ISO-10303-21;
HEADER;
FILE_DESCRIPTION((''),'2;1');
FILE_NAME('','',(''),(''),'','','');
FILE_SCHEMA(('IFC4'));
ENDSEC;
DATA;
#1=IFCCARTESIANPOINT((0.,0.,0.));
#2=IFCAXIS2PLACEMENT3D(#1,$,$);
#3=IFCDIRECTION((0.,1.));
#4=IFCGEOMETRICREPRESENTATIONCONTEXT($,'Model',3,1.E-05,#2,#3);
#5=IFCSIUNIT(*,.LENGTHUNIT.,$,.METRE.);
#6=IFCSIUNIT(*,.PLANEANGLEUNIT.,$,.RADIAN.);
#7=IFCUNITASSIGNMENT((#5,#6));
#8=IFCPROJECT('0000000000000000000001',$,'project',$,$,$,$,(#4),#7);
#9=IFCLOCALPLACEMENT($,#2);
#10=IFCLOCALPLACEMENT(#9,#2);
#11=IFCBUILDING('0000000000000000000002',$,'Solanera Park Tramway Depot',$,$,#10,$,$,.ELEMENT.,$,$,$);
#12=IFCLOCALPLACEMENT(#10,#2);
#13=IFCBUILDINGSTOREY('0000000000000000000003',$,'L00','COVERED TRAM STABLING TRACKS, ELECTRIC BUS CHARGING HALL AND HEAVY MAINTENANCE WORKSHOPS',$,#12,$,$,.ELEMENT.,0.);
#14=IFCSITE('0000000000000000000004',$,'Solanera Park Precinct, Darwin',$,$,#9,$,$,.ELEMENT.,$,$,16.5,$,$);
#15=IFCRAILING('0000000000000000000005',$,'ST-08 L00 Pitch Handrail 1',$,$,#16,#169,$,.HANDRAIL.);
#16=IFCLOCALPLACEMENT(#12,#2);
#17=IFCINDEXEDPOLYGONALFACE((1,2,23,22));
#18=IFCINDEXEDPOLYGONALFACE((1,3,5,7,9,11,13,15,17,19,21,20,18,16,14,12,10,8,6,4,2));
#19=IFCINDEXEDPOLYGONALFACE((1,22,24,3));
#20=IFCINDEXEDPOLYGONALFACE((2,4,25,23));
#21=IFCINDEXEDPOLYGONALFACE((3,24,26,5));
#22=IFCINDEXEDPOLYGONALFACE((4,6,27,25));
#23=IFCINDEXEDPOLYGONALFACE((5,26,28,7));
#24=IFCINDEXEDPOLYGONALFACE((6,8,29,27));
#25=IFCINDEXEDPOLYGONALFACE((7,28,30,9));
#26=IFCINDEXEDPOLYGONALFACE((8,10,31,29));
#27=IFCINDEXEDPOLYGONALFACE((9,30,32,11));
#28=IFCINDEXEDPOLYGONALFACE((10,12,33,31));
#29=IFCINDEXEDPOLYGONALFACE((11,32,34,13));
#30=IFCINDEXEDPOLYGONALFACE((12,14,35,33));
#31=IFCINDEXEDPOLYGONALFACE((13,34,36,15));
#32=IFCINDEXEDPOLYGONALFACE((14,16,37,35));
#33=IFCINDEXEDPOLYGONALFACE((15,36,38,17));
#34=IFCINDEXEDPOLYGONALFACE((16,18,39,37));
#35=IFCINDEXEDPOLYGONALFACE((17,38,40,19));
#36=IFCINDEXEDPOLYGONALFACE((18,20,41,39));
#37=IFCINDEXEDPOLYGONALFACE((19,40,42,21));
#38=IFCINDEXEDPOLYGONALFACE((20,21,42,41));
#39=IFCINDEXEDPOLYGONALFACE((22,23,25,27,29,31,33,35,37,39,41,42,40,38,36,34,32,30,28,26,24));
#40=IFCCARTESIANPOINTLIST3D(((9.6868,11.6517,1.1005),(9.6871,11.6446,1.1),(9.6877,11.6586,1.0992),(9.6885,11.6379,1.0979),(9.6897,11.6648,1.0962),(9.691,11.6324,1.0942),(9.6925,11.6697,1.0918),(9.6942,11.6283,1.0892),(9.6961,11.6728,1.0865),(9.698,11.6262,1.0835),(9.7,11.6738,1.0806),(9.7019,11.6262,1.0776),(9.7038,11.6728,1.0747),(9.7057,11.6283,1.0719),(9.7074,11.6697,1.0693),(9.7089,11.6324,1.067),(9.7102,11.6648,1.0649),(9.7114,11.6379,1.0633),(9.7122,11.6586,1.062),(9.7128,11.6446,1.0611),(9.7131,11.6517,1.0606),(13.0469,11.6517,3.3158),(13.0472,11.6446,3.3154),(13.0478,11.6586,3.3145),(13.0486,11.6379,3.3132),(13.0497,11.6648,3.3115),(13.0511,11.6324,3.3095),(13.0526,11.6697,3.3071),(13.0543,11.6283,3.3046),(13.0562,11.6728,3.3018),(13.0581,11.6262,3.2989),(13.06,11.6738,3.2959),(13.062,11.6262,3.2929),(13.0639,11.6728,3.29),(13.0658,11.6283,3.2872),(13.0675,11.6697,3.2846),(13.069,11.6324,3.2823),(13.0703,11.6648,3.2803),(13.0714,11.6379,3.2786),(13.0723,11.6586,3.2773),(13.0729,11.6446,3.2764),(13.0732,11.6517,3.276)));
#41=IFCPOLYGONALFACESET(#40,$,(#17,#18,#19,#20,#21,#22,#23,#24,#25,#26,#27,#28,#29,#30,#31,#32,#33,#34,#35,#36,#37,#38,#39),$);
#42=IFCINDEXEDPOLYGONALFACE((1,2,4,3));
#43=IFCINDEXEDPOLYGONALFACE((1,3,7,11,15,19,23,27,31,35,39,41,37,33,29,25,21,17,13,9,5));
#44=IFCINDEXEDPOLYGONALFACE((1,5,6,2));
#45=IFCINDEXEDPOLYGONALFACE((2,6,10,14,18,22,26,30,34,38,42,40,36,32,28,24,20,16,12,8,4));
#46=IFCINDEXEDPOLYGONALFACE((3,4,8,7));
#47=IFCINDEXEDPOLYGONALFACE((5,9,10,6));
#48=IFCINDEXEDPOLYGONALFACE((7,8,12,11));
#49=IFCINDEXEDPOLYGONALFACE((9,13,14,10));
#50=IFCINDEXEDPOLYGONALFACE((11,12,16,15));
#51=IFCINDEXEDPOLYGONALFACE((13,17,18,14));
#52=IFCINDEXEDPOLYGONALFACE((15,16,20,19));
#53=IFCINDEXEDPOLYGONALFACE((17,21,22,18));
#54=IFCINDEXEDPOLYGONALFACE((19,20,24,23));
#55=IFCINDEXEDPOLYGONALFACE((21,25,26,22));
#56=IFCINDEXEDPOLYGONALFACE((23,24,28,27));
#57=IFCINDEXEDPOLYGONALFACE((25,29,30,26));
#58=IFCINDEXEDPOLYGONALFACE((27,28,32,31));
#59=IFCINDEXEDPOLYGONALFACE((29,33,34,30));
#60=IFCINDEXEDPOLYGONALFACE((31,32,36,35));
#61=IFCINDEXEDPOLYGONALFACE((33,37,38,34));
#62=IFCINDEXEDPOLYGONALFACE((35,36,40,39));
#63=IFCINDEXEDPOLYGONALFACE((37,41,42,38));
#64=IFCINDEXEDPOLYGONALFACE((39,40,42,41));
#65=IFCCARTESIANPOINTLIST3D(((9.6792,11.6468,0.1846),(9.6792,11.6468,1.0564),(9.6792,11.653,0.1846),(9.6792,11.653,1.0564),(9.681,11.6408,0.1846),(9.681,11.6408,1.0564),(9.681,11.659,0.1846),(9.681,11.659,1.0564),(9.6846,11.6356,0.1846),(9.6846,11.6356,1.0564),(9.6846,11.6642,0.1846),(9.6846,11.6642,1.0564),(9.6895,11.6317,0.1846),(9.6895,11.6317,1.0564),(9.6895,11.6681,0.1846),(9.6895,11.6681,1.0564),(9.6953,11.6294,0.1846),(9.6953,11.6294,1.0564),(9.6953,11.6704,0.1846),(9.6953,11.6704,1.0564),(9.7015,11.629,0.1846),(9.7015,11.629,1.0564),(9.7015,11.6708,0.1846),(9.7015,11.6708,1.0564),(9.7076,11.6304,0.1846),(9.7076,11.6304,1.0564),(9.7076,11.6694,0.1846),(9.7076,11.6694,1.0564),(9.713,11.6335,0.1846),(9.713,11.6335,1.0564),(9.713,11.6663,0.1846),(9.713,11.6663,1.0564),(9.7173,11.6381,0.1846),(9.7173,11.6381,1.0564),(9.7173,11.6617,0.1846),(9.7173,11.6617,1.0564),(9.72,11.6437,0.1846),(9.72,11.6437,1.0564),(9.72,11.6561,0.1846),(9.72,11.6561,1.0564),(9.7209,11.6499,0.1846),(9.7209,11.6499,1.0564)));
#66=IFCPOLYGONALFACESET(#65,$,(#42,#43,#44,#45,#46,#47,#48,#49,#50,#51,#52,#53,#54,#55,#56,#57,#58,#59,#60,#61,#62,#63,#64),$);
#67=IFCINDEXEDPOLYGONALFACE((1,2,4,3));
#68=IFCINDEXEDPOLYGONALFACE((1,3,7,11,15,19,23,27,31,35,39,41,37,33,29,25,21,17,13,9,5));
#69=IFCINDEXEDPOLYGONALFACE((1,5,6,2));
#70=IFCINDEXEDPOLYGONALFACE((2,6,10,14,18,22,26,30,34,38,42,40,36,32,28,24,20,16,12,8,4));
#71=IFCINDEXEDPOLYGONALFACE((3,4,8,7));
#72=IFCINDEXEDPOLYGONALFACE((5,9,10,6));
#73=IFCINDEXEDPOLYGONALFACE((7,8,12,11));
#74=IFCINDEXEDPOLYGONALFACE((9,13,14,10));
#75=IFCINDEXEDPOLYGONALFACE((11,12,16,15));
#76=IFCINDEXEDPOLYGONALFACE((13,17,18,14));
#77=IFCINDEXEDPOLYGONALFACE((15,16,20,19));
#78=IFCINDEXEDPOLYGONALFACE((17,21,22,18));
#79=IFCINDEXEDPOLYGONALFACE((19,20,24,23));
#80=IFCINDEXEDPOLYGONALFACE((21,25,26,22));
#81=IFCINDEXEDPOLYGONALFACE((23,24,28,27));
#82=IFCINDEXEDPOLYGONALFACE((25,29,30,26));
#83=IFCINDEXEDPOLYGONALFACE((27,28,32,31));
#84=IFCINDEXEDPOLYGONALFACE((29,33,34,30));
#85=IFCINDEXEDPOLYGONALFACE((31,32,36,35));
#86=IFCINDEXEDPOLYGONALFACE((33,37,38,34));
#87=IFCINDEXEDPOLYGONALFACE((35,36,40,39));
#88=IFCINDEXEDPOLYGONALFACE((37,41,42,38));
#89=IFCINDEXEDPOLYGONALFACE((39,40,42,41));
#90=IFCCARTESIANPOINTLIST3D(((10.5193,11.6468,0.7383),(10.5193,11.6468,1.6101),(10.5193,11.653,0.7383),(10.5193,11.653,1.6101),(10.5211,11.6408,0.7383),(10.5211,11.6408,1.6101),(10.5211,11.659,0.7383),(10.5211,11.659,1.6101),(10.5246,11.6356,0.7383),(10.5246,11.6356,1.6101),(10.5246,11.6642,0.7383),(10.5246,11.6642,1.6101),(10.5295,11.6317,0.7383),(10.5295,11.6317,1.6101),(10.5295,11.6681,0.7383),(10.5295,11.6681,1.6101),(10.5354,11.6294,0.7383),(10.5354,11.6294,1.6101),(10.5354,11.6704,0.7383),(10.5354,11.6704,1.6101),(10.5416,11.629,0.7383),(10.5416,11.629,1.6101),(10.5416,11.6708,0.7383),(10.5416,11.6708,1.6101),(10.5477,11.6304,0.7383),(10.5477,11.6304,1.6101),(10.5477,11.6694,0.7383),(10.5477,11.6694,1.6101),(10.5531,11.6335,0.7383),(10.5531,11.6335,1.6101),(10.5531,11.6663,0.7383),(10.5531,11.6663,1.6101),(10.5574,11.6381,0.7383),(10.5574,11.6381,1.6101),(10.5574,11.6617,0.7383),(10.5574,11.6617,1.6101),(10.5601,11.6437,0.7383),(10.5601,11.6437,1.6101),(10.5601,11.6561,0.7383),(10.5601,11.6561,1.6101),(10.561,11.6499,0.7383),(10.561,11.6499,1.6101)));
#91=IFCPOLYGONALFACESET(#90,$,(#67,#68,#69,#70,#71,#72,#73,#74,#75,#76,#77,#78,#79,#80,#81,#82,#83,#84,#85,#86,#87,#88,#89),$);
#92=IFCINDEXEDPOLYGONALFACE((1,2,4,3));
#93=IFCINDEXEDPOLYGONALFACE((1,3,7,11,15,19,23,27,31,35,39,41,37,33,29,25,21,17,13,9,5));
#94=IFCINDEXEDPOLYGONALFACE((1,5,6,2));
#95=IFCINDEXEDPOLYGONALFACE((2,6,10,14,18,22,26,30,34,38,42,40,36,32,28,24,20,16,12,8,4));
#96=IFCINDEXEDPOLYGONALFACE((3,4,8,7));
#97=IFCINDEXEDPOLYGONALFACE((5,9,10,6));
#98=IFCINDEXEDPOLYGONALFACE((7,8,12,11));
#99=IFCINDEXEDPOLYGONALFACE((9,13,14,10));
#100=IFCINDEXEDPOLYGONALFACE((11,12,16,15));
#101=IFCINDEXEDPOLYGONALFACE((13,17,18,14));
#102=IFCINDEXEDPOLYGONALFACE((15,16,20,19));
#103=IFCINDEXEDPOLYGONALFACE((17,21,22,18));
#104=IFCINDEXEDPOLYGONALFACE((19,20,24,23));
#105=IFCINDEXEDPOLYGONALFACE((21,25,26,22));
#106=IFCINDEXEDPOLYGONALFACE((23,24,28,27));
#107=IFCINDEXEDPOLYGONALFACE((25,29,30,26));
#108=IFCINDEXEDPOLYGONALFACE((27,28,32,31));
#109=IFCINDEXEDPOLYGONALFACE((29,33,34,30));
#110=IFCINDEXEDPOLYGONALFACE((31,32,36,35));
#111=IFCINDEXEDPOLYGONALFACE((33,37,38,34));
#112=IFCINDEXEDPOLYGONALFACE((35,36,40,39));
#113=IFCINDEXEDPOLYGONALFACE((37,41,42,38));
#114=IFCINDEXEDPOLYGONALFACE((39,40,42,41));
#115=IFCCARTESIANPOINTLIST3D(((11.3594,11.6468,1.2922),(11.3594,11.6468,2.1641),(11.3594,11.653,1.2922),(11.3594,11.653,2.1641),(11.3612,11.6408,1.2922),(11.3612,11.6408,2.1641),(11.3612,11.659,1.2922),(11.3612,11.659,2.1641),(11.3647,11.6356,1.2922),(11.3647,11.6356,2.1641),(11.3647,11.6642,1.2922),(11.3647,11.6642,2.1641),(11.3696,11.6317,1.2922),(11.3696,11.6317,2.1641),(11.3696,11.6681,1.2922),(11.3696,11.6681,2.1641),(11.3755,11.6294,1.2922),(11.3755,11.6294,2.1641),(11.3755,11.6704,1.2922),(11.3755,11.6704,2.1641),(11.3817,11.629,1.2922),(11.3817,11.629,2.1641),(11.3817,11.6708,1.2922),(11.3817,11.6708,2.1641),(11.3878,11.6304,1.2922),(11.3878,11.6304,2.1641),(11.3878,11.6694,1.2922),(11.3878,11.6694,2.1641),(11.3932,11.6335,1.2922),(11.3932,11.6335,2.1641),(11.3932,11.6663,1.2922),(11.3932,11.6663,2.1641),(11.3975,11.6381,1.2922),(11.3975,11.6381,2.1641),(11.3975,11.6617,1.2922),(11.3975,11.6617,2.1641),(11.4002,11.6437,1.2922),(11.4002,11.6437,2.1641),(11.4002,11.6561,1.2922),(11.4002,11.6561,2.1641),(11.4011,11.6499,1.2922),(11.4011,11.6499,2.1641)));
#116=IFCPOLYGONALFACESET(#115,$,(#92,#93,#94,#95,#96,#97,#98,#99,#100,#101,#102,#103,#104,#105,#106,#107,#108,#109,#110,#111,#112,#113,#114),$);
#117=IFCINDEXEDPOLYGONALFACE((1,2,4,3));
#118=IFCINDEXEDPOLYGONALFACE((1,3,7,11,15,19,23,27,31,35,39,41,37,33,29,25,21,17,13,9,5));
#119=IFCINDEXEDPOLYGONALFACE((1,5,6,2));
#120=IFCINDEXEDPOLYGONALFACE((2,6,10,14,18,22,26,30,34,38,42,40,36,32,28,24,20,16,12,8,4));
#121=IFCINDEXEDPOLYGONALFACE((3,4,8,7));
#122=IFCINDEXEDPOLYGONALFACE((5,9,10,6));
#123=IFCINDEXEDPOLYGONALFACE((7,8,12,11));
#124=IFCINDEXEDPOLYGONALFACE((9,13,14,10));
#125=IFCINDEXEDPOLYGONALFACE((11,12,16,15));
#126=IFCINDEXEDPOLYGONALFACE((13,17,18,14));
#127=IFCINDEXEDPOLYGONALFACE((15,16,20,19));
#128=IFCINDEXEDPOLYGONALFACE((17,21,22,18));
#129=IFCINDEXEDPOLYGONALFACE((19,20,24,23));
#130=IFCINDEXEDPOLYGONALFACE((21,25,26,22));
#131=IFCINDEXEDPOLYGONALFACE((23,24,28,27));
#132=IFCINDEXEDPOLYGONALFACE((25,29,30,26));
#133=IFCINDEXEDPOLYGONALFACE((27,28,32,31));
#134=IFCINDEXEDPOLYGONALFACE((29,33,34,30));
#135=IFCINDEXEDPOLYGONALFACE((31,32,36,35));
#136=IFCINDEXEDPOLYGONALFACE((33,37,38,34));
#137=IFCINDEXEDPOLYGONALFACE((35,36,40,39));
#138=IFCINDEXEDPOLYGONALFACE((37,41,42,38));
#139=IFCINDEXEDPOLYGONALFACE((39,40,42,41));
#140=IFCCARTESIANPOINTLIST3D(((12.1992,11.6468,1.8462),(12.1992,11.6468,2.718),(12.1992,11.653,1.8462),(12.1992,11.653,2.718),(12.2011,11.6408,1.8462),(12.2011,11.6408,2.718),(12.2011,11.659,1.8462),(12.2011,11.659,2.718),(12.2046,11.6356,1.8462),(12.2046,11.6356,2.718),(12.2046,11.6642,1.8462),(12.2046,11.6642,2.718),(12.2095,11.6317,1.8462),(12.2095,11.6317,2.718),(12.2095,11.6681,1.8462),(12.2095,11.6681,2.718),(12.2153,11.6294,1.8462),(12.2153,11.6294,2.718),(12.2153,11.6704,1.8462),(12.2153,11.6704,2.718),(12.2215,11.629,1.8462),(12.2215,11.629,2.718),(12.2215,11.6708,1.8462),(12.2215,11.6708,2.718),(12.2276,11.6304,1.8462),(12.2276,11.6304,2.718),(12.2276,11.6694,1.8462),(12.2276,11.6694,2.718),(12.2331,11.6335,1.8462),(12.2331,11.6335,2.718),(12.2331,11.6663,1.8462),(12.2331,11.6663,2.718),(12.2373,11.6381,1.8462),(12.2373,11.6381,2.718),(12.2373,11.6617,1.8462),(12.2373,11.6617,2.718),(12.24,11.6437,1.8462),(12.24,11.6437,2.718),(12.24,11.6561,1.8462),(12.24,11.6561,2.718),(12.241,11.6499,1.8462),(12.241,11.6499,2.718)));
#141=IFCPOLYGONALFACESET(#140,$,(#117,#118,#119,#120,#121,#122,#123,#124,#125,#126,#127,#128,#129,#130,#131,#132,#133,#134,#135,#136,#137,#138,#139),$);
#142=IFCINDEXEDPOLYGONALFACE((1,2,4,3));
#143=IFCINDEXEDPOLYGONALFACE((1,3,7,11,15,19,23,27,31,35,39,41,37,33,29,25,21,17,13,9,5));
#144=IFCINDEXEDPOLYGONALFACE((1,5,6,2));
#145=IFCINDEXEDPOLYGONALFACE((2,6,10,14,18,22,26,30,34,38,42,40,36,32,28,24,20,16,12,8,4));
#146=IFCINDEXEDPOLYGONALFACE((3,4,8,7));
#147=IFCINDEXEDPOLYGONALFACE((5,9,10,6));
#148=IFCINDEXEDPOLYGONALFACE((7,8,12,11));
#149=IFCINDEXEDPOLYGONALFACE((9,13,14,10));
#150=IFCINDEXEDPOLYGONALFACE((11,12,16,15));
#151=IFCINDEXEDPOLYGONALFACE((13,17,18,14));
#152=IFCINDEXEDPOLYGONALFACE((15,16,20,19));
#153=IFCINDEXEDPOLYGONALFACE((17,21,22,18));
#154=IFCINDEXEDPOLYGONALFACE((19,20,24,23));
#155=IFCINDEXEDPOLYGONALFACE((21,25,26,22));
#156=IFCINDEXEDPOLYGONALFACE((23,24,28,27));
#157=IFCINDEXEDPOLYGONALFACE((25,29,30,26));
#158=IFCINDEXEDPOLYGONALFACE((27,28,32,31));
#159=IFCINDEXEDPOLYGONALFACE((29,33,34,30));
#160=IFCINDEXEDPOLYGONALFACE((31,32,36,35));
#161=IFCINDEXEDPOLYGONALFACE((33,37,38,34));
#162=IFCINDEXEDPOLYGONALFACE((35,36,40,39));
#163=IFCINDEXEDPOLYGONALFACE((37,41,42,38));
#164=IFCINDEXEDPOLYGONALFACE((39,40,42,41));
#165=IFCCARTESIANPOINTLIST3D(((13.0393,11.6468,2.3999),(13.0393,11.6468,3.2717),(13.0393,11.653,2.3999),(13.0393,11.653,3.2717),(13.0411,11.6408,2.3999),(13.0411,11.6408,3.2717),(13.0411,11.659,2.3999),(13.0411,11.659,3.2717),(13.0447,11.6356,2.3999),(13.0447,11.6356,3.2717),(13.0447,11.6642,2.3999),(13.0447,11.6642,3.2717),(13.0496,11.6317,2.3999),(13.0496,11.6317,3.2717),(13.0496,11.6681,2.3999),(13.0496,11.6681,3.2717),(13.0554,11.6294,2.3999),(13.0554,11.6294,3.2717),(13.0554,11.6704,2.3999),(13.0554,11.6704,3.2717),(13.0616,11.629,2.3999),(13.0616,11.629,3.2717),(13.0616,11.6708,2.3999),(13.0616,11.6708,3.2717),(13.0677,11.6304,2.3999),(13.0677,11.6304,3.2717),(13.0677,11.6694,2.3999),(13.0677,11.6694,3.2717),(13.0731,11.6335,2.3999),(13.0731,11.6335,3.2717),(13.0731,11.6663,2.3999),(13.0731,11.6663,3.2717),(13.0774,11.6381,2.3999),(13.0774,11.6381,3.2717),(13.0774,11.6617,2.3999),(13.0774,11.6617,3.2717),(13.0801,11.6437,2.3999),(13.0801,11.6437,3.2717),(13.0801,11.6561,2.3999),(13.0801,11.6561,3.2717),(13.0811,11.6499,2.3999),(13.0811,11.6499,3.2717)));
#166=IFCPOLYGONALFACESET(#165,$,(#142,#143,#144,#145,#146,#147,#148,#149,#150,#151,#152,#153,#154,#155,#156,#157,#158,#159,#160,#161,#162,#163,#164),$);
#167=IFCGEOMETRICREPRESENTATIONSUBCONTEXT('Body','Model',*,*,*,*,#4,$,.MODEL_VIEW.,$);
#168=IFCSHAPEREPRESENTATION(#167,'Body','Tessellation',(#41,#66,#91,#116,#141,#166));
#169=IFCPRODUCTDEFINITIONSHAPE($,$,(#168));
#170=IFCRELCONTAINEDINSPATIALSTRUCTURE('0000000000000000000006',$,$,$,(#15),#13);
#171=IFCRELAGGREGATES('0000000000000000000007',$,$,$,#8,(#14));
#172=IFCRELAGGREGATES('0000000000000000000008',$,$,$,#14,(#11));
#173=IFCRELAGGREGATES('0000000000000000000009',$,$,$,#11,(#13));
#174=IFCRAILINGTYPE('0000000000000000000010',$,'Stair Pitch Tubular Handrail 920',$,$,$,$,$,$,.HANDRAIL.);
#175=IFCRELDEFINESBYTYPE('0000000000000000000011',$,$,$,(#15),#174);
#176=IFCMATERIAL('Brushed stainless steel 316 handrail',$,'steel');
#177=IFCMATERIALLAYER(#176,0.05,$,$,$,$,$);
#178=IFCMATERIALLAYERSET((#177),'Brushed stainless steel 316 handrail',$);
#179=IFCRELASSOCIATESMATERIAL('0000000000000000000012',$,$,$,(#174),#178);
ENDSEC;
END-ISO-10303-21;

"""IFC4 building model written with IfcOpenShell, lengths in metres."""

from ifc_helpers import new_model, si_unit, direction, frame, origin, origin_2d, place, context, subcontext, project, spatial, circle, extrude, material, layer, layer_set, type_object, element, save


model = new_model("IFC4")

# Units and contexts
model_context = context("Model", 3, precision=1e-05, world=origin(), true_north=direction((0.0, 1.0)))
body_context = subcontext(model_context, "Body", "Model", "MODEL_VIEW")
ifc_project = project(units=[si_unit("LENGTHUNIT", "METRE"), si_unit("PLANEANGLEUNIT", "RADIAN")], contexts=[model_context])

# Site, building, storey
site_placement = place(None, origin())
site = spatial("IfcSite", under=ifc_project, at=site_placement, Name="Solanera Park Precinct, Darwin", CompositionType="ELEMENT", RefElevation=16.5)
building_placement = place(site_placement, origin())
building = spatial("IfcBuilding", under=site, at=building_placement, Name="Solanera Park Tramway Depot", CompositionType="ELEMENT")
storey_placement = place(building_placement, origin())
storey = spatial("IfcBuildingStorey", under=building, at=storey_placement, Name="L00", Description="COVERED TRAM STABLING TRACKS, ELECTRIC BUS CHARGING HALL AND HEAVY MAINTENANCE WORKSHOPS", CompositionType="ELEMENT", Elevation=0.0)

# Railing
ifc_material_1 = material(Name="Brushed stainless steel 316 handrail", Category="steel")
ifc_layer_1 = layer(ifc_material_1, 0.05)
ifc_layer_set_1 = layer_set([ifc_layer_1], Name="Brushed stainless steel 316 handrail")
railing_type_1 = type_object("IfcRailingType", Name="Stair Pitch Tubular Handrail 920", PredefinedType="HANDRAIL", material=ifc_layer_set_1)
railing_1_placement = place(storey_placement, frame((9.7, 11.6499, 0.1846)))
element("IfcRailing", 1, at=railing_1_placement, inside=storey, type_object=railing_type_1, Name="ST-08 L00 Pitch Handrail 1", PredefinedType="HANDRAIL", context=body_context, shape_type="SweptSolid", body=[
    extrude(circle(Radius=0.0239, at=origin_2d()), frame((0.0, 0.0, 0.896), z_axis=(0.834876, 0.0, 0.550437), x_axis=(0.0, 1.0, 0.0)), (0.0, 0.0, 1.0), 4.0247),
    extrude(circle(Radius=0.021, at=origin_2d()), origin(), (0.0, 0.0, 1.0), 0.8718),
    extrude(circle(Radius=0.021, at=origin_2d()), frame((0.8401, 0.0, 0.5537)), (0.0, 0.0, 1.0), 0.8718),
    extrude(circle(Radius=0.021, at=origin_2d()), frame((1.6802, 0.0, 1.1077)), (0.0, 0.0, 1.0), 0.8718),
    extrude(circle(Radius=0.021, at=origin_2d()), frame((2.52, 0.0, 1.6616)), (0.0, 0.0, 1.0), 0.8718),
    extrude(circle(Radius=0.021, at=origin_2d()), frame((3.3601, 0.0, 2.2153)), (0.0, 0.0, 1.0), 0.8718),
])

save(model, "model.ifc")
